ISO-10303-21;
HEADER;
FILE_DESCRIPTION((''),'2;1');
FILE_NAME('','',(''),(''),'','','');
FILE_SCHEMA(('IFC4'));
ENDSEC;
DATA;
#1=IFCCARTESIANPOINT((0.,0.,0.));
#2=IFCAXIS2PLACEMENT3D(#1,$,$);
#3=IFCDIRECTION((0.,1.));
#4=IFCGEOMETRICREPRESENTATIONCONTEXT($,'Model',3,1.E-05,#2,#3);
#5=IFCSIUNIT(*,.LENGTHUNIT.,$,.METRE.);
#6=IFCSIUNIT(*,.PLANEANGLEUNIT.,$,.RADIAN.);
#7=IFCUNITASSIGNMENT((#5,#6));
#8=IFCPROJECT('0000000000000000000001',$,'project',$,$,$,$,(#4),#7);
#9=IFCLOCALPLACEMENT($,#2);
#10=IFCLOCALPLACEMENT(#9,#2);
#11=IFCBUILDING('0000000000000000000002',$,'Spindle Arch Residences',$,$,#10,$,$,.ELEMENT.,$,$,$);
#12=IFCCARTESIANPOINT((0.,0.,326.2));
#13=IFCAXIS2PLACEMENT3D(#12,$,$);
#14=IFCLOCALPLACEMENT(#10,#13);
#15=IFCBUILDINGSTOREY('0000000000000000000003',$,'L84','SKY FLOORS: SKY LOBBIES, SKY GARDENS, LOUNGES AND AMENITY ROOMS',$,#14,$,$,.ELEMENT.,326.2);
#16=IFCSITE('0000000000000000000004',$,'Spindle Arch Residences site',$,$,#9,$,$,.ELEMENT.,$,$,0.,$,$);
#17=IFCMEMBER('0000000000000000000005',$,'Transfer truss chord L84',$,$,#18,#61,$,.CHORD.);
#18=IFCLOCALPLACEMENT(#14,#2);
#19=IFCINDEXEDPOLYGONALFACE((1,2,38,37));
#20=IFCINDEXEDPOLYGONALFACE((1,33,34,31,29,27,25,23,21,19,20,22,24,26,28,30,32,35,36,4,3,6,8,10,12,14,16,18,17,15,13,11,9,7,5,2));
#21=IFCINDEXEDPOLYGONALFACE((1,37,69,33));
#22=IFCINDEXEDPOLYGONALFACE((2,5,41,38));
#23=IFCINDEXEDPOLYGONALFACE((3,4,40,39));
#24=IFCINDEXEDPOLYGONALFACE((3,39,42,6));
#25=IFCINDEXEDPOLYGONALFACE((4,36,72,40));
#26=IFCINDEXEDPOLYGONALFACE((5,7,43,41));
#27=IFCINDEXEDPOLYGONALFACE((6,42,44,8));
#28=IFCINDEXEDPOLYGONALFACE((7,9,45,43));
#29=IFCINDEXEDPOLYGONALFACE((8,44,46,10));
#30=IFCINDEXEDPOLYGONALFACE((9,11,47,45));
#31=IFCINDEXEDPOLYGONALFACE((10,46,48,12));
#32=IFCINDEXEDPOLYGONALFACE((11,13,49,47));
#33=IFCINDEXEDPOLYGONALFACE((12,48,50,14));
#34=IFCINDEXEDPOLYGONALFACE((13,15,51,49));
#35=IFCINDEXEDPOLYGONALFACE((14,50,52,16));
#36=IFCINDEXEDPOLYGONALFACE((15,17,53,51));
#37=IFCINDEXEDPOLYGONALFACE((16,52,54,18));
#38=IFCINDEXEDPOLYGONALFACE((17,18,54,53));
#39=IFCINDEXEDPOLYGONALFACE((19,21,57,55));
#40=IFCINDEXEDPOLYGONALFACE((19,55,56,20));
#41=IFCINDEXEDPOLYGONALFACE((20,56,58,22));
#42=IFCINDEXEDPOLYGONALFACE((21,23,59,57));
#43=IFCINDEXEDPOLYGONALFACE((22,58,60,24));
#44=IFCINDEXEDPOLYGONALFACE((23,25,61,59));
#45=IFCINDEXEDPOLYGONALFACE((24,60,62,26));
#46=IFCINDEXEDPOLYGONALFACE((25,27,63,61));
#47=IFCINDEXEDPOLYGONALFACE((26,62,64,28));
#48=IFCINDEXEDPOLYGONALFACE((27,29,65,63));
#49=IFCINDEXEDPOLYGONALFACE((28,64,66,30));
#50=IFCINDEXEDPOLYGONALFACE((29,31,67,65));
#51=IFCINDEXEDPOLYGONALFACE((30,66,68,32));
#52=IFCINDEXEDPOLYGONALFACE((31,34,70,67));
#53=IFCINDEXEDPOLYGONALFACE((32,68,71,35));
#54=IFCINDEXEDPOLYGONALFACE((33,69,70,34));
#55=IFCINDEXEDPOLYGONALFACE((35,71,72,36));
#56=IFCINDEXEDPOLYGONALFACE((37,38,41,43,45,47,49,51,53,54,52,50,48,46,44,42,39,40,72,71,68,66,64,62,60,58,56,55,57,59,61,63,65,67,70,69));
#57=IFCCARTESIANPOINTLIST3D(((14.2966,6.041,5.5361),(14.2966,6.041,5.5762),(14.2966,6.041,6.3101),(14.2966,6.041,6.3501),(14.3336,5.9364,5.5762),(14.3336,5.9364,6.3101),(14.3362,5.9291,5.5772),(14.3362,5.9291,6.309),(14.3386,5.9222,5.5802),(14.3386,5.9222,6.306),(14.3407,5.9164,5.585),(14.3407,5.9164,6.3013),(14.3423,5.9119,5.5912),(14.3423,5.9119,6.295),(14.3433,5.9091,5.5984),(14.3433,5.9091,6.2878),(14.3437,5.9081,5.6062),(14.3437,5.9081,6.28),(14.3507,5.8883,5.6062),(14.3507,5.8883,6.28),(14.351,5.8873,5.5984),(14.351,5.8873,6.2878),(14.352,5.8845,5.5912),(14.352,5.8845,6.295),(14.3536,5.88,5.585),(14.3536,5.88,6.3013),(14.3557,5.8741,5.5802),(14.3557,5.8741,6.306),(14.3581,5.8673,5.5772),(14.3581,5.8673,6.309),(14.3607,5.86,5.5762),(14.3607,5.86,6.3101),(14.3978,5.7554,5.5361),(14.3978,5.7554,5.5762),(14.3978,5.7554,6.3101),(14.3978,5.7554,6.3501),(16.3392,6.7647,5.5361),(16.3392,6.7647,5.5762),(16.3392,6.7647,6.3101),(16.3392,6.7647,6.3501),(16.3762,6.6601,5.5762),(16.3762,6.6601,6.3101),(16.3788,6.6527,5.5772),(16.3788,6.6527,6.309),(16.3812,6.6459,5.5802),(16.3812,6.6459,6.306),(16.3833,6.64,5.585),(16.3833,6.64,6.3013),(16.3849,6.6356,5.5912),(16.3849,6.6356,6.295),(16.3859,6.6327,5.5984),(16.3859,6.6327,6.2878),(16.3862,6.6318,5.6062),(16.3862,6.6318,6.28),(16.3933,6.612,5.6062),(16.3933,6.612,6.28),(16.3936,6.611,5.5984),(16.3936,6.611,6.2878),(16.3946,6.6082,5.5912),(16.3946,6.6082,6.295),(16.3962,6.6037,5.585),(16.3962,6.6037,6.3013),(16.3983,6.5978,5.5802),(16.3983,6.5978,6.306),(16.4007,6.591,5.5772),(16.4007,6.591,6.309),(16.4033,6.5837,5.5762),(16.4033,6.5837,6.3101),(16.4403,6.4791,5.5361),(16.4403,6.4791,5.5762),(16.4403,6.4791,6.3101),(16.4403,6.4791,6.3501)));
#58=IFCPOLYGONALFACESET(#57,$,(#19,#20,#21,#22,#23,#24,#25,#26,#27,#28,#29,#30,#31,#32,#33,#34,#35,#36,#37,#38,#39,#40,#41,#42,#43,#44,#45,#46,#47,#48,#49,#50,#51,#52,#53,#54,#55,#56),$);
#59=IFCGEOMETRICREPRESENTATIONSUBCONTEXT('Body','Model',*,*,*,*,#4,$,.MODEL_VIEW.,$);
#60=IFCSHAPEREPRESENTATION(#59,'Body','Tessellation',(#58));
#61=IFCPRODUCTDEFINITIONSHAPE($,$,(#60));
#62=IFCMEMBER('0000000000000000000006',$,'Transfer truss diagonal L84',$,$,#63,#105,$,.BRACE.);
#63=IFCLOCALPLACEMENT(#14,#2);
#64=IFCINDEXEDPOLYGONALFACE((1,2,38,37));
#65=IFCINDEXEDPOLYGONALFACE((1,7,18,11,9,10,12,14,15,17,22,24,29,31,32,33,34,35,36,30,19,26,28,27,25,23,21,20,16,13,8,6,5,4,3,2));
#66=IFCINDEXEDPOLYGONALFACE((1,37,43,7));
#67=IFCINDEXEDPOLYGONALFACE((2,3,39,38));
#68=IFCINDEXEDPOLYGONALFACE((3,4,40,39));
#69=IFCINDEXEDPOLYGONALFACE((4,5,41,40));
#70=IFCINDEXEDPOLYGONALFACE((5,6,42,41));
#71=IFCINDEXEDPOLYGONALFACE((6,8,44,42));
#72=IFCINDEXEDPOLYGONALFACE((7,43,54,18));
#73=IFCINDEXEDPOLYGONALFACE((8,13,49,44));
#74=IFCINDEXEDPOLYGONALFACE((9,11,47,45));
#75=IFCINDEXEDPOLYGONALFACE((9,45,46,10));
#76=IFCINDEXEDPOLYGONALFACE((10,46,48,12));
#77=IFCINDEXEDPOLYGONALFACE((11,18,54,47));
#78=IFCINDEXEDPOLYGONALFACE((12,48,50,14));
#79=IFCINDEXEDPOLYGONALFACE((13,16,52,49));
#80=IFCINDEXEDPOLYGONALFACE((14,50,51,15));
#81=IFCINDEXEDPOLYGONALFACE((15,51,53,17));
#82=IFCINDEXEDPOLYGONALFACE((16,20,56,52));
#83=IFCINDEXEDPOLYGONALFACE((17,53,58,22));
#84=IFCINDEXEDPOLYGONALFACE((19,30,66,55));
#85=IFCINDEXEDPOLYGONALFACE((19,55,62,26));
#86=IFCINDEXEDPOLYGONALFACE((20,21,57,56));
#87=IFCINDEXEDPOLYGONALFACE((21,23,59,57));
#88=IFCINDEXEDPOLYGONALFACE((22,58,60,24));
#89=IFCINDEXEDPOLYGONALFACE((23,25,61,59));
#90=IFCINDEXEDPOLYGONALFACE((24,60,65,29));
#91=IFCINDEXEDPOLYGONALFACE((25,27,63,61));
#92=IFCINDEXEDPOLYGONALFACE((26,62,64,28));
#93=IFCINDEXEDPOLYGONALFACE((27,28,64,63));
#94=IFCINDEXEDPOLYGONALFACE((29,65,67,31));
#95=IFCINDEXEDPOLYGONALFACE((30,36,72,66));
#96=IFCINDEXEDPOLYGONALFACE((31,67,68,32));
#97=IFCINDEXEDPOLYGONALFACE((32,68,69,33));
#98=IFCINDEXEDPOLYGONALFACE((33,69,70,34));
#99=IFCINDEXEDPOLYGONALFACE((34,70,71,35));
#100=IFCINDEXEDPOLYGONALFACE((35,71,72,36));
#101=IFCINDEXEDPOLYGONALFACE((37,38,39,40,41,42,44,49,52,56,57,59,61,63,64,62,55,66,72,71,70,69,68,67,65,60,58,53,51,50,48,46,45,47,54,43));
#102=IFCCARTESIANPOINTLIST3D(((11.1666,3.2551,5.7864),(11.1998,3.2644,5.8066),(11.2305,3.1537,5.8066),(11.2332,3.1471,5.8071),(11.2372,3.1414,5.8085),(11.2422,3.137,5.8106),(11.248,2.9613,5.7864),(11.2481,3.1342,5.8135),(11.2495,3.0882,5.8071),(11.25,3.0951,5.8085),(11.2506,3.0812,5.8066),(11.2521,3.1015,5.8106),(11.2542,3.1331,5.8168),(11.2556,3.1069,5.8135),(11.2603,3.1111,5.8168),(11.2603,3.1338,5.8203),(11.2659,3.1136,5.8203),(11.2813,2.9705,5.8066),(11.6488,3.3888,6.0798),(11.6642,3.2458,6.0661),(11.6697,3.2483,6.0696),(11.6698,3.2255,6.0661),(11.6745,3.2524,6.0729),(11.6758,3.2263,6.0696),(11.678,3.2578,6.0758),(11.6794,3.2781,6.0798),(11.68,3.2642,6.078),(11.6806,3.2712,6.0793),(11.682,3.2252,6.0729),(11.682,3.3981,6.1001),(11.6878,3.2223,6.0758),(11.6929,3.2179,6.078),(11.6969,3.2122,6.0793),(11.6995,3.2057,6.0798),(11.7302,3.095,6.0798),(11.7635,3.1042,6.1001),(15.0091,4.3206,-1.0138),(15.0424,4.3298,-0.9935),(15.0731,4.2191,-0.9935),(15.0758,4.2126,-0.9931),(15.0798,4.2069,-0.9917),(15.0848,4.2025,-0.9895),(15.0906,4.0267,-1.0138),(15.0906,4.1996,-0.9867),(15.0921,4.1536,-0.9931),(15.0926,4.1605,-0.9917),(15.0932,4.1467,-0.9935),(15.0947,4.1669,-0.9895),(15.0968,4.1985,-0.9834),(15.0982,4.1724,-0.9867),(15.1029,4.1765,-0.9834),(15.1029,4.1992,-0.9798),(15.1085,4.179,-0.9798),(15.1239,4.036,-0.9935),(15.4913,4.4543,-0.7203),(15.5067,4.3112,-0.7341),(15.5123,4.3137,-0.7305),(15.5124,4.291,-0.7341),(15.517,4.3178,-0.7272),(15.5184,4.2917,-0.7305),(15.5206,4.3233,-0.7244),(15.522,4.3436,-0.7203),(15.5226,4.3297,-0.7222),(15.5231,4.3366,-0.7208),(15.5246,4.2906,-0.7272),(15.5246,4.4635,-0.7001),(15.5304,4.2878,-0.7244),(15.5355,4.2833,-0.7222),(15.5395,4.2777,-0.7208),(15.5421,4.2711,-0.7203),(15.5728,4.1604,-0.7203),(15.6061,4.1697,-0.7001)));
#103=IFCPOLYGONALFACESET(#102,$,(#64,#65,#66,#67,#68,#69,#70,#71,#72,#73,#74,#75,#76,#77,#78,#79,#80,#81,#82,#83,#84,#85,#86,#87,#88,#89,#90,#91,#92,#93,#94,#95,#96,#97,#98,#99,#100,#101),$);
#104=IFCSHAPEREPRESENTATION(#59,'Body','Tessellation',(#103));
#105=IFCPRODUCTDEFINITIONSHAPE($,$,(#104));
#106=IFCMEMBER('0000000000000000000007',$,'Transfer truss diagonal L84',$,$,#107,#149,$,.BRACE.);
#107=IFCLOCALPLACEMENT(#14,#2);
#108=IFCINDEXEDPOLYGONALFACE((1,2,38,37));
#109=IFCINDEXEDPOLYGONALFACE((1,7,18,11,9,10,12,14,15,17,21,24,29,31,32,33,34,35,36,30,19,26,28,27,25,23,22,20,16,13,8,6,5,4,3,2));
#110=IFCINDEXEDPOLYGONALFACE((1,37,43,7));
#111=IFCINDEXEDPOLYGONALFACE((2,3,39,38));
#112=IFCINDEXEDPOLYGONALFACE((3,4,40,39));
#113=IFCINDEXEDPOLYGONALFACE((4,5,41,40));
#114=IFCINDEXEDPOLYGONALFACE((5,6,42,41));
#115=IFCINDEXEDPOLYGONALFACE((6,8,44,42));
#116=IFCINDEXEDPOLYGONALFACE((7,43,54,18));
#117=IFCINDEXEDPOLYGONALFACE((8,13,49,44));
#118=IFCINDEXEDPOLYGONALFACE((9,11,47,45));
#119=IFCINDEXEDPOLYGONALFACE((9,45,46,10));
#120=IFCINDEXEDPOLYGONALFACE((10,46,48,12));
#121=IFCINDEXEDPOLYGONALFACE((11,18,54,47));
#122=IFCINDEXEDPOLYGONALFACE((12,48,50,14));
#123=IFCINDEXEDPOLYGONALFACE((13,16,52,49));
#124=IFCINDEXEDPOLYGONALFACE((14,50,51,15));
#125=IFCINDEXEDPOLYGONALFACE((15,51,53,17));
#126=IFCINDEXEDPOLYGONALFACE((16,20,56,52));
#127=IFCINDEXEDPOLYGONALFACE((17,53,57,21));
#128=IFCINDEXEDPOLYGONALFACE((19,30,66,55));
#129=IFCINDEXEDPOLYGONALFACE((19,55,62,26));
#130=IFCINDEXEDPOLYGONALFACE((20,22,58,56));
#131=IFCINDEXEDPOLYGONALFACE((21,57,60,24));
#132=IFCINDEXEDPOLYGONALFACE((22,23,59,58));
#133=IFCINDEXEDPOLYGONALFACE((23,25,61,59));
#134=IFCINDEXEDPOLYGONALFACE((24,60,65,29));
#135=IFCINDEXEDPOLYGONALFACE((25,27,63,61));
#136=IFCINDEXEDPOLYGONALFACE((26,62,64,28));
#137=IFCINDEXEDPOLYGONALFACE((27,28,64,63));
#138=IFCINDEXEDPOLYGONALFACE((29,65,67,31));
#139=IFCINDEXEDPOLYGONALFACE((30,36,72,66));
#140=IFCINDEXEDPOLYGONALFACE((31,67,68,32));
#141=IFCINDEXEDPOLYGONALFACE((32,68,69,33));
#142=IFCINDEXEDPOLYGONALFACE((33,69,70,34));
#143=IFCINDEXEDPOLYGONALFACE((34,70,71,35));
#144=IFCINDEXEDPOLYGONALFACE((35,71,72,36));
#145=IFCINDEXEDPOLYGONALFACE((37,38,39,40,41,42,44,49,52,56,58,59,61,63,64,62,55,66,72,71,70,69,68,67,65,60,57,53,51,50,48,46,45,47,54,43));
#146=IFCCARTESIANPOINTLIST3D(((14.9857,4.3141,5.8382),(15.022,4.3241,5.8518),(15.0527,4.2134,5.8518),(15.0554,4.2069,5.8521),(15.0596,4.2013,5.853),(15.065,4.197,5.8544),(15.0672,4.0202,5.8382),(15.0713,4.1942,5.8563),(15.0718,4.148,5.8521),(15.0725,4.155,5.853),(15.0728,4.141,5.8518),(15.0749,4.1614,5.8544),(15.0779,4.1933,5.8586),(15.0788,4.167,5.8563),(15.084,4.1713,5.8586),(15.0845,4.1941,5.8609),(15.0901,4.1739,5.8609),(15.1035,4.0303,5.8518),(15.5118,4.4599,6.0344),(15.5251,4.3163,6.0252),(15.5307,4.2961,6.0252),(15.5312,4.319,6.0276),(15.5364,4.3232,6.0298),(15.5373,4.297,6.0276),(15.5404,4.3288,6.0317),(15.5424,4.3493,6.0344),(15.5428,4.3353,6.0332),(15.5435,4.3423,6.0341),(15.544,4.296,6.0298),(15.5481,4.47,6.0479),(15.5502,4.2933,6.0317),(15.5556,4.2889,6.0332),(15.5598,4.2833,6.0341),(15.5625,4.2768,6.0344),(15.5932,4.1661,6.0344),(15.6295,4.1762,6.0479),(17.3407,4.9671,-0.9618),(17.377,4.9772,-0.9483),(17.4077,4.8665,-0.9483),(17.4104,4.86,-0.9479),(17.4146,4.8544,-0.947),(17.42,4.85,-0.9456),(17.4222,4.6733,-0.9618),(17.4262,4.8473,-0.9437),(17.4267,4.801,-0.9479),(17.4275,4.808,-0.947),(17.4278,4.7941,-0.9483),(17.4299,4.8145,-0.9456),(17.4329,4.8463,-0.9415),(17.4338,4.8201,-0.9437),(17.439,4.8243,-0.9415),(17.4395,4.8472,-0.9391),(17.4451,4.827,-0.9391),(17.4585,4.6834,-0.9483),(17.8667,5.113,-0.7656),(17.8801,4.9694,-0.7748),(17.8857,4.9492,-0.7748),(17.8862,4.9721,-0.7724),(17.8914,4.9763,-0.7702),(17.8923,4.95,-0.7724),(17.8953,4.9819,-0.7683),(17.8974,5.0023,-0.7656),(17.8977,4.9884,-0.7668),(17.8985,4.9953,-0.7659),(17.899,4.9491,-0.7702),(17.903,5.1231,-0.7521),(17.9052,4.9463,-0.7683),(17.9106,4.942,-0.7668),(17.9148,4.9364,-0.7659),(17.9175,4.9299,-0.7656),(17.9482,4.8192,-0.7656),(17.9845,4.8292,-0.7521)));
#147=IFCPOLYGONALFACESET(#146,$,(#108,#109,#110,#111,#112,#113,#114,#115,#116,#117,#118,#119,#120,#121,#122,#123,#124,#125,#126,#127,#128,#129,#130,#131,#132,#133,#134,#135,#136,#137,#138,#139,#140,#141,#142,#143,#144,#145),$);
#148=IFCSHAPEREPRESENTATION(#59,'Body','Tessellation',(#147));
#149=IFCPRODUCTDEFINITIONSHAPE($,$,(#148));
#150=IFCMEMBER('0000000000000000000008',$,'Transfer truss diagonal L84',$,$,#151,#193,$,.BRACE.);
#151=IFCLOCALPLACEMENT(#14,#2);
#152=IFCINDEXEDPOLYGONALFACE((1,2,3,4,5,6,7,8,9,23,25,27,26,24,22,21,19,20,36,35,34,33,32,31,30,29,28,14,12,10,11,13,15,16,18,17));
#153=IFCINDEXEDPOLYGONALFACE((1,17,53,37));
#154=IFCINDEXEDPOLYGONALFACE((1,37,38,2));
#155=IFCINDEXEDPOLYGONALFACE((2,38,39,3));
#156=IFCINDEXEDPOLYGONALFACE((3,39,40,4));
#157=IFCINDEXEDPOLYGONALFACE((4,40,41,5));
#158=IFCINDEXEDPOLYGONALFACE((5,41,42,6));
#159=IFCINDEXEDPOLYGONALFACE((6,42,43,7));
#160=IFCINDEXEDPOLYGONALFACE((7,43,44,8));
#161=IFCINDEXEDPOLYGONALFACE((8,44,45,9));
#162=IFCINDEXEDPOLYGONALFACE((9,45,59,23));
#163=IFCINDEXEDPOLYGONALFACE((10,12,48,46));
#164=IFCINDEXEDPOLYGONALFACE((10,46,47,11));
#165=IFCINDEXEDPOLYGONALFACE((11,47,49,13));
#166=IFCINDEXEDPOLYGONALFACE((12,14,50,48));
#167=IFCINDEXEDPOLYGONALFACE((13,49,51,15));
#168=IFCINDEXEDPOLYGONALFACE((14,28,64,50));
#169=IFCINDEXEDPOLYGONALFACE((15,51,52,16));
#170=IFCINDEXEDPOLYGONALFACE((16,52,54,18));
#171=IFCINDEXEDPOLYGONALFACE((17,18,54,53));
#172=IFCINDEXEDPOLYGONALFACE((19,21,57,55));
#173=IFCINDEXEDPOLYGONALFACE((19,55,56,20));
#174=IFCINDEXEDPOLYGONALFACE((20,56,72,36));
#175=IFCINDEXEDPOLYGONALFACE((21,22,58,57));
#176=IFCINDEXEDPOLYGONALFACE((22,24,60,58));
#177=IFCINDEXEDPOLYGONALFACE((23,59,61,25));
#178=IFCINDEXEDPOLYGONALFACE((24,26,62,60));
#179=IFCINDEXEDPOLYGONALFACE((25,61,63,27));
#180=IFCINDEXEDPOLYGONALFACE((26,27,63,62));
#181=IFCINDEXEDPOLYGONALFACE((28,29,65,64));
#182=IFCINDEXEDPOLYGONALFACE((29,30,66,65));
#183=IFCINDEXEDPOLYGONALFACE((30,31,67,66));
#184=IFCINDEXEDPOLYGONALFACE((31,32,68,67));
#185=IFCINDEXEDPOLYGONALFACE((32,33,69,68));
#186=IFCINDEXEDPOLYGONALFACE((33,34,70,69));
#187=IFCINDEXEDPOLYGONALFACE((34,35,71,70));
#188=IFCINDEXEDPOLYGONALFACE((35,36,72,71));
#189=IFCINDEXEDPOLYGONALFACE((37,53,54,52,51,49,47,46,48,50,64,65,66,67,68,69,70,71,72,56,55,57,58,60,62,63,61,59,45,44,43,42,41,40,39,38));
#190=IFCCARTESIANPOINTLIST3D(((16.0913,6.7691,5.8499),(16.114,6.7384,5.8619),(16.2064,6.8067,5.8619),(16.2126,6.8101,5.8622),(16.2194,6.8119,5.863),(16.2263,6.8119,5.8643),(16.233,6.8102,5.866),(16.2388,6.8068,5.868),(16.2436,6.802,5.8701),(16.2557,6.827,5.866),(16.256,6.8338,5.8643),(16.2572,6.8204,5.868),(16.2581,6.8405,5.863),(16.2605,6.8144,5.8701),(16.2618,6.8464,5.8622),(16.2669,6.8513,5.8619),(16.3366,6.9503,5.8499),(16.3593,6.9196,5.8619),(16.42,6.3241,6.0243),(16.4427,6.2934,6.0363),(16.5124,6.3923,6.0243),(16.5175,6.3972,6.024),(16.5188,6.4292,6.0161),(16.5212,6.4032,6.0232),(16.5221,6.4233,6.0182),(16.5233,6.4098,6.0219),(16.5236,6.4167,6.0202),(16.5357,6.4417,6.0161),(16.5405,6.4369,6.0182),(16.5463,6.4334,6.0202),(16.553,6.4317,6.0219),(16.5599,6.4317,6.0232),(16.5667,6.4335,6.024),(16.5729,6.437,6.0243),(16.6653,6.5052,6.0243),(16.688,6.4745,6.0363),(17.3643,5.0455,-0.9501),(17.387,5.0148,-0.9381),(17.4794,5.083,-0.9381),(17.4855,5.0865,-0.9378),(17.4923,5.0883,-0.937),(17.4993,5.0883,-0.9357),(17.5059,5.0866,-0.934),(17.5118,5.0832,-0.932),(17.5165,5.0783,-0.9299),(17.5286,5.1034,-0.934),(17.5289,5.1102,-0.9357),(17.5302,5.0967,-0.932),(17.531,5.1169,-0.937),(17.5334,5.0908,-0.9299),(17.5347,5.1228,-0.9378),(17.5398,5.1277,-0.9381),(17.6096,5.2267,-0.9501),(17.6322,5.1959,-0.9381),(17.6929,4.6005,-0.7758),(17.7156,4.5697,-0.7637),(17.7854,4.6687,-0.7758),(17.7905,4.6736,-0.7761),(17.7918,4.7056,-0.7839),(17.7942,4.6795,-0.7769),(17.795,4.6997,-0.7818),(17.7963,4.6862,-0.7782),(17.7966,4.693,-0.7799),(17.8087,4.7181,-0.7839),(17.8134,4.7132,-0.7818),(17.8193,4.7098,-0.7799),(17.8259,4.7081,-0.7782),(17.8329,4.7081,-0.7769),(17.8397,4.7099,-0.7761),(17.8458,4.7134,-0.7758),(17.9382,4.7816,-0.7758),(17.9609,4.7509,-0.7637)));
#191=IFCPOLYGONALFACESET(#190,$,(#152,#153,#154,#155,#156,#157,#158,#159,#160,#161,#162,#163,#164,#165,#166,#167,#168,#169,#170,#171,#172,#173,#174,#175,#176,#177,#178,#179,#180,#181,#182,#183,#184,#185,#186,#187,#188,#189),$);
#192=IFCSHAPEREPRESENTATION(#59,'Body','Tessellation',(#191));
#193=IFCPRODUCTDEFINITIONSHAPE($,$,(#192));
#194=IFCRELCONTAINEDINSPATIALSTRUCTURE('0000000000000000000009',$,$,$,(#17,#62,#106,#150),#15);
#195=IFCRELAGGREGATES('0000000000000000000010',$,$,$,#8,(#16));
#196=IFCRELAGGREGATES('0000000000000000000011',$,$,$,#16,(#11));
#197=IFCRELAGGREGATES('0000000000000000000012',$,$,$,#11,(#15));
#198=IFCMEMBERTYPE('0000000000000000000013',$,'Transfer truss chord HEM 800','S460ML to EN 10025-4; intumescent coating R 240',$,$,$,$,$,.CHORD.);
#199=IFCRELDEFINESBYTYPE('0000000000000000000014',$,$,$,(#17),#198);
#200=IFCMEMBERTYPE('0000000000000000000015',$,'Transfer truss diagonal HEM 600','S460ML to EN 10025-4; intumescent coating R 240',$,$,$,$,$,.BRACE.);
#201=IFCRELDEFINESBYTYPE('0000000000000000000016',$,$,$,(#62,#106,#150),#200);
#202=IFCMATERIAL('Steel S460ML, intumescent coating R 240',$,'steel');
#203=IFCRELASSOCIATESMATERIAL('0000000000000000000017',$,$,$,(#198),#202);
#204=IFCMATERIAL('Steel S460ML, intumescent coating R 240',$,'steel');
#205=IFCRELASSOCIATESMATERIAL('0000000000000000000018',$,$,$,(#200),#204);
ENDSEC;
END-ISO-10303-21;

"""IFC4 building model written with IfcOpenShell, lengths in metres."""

from ifc_helpers import new_model, si_unit, direction, frame, origin, origin_2d, place, context, subcontext, project, spatial, i_section, extrude, material, material_profile, profile_set, type_object, element, save


model = new_model("IFC4")

# Units and contexts
model_context = context("Model", 3, precision=1e-05, world=origin(), true_north=direction((0.0, 1.0)))
body_context = subcontext(model_context, "Body", "Model", "MODEL_VIEW")
ifc_project = project(units=[si_unit("LENGTHUNIT", "METRE"), si_unit("PLANEANGLEUNIT", "RADIAN")], contexts=[model_context])

# Site, building, storey
site_placement = place(None, origin())
site = spatial("IfcSite", under=ifc_project, at=site_placement, Name="Spindle Arch Residences site", CompositionType="ELEMENT", RefElevation=0.0)
building_placement = place(site_placement, origin())
building = spatial("IfcBuilding", under=site, at=building_placement, Name="Spindle Arch Residences", CompositionType="ELEMENT")
storey_placement = place(building_placement, frame((0.0, 0.0, 326.2)))
storey = spatial("IfcBuildingStorey", under=building, at=storey_placement, Name="L84", Description="SKY FLOORS: SKY LOBBIES, SKY GARDENS, LOUNGES AND AMENITY ROOMS", CompositionType="ELEMENT", Elevation=326.2)

# Members
ifc_material_1 = material(Name="Steel S460ML, intumescent coating R 240", Category="steel")
ifc_material_profile_1 = material_profile(ifc_material_1, i_section(OverallWidth=0.303, OverallDepth=0.814, WebThickness=0.021, FlangeThickness=0.04, FilletRadius=0.03, at=origin_2d()), Name="HEM 800")
ifc_profile_set_1 = profile_set([ifc_material_profile_1], Name="Steel S460ML, intumescent coating R 240")
member_type_1 = type_object("IfcMemberType", Name="Transfer truss chord HEM 800", Description="S460ML to EN 10025-4; intumescent coating R 240", PredefinedType="CHORD", material=ifc_profile_set_1)
for number, where, z_axis, x_axis, name in (
    (1, (14.3472, 5.8982, 5.9431), (0.94259, 0.333951, 0.0), (-0.333951, 0.94259, 0.0), "Transfer truss chord L84"),
):
    element("IfcMember", number, at=place(storey_placement, frame(where, z_axis=z_axis, x_axis=x_axis)), inside=storey, type_object=member_type_1, Name=name, PredefinedType="CHORD", context=body_context, shape_type="SweptSolid", body=[
        extrude(i_section(OverallWidth=0.303, OverallDepth=0.814, WebThickness=0.021, FlangeThickness=0.04, FilletRadius=0.03, at=origin_2d()), origin(), (0.0, 0.0, 1.0), 2.167),
    ])
ifc_material_2 = material(Name="Steel S460ML, intumescent coating R 240", Category="steel")
ifc_material_profile_2 = material_profile(ifc_material_2, i_section(OverallWidth=0.3049, OverallDepth=0.6201, WebThickness=0.021, FlangeThickness=0.04, FilletRadius=0.0271, at=origin_2d()), Name="HEM 600")
ifc_profile_set_2 = profile_set([ifc_material_profile_2], Name="Steel S460ML, intumescent coating R 240")
member_type_2 = type_object("IfcMemberType", Name="Transfer truss diagonal HEM 600", Description="S460ML to EN 10025-4; intumescent coating R 240", PredefinedType="BRACE", material=ifc_profile_set_2)
member_1_placement = place(storey_placement, frame((15.3076, 4.2451, -0.8569), z_axis=(-0.487448, -0.135156, 0.862628), x_axis=(0.267192, -0.963643, 0.0)))
element("IfcMember", 2, at=member_1_placement, inside=storey, type_object=member_type_2, Name="Transfer truss diagonal L84", PredefinedType="BRACE", context=body_context, shape_type="SweptSolid", body=[
    extrude(i_section(OverallWidth=0.3049, OverallDepth=0.6201, WebThickness=0.021, FlangeThickness=0.04, FilletRadius=0.0271, at=origin_2d()), origin(), (0.0, 0.0, 1.0), 7.8831),
])
member_2_placement = place(storey_placement, frame((17.6626, 4.8982, -0.8569), z_axis=(-0.32591, -0.09038, 0.941071), x_axis=(0.267232, -0.963632, 0.0)))
element("IfcMember", 3, at=member_2_placement, inside=storey, type_object=member_type_2, Name="Transfer truss diagonal L84", PredefinedType="BRACE", context=body_context, shape_type="SweptSolid", body=[
    extrude(i_section(OverallWidth=0.3049, OverallDepth=0.6201, WebThickness=0.021, FlangeThickness=0.04, FilletRadius=0.0271, at=origin_2d()), origin(), (0.0, 0.0, 1.0), 7.2258),
])
member_3_placement = place(storey_placement, frame((17.6626, 4.8982, -0.8569), z_axis=(-0.178543, 0.241755, 0.95377), x_axis=(-0.804408, -0.594077, 0.0)))
element("IfcMember", 4, at=member_3_placement, inside=storey, type_object=member_type_2, Name="Transfer truss diagonal L84", PredefinedType="BRACE", context=body_context, shape_type="SweptSolid", body=[
    extrude(i_section(OverallWidth=0.3049, OverallDepth=0.6201, WebThickness=0.021, FlangeThickness=0.04, FilletRadius=0.0271, at=origin_2d()), origin(), (0.0, 0.0, 1.0), 7.1296),
])

save(model, "model.ifc")
